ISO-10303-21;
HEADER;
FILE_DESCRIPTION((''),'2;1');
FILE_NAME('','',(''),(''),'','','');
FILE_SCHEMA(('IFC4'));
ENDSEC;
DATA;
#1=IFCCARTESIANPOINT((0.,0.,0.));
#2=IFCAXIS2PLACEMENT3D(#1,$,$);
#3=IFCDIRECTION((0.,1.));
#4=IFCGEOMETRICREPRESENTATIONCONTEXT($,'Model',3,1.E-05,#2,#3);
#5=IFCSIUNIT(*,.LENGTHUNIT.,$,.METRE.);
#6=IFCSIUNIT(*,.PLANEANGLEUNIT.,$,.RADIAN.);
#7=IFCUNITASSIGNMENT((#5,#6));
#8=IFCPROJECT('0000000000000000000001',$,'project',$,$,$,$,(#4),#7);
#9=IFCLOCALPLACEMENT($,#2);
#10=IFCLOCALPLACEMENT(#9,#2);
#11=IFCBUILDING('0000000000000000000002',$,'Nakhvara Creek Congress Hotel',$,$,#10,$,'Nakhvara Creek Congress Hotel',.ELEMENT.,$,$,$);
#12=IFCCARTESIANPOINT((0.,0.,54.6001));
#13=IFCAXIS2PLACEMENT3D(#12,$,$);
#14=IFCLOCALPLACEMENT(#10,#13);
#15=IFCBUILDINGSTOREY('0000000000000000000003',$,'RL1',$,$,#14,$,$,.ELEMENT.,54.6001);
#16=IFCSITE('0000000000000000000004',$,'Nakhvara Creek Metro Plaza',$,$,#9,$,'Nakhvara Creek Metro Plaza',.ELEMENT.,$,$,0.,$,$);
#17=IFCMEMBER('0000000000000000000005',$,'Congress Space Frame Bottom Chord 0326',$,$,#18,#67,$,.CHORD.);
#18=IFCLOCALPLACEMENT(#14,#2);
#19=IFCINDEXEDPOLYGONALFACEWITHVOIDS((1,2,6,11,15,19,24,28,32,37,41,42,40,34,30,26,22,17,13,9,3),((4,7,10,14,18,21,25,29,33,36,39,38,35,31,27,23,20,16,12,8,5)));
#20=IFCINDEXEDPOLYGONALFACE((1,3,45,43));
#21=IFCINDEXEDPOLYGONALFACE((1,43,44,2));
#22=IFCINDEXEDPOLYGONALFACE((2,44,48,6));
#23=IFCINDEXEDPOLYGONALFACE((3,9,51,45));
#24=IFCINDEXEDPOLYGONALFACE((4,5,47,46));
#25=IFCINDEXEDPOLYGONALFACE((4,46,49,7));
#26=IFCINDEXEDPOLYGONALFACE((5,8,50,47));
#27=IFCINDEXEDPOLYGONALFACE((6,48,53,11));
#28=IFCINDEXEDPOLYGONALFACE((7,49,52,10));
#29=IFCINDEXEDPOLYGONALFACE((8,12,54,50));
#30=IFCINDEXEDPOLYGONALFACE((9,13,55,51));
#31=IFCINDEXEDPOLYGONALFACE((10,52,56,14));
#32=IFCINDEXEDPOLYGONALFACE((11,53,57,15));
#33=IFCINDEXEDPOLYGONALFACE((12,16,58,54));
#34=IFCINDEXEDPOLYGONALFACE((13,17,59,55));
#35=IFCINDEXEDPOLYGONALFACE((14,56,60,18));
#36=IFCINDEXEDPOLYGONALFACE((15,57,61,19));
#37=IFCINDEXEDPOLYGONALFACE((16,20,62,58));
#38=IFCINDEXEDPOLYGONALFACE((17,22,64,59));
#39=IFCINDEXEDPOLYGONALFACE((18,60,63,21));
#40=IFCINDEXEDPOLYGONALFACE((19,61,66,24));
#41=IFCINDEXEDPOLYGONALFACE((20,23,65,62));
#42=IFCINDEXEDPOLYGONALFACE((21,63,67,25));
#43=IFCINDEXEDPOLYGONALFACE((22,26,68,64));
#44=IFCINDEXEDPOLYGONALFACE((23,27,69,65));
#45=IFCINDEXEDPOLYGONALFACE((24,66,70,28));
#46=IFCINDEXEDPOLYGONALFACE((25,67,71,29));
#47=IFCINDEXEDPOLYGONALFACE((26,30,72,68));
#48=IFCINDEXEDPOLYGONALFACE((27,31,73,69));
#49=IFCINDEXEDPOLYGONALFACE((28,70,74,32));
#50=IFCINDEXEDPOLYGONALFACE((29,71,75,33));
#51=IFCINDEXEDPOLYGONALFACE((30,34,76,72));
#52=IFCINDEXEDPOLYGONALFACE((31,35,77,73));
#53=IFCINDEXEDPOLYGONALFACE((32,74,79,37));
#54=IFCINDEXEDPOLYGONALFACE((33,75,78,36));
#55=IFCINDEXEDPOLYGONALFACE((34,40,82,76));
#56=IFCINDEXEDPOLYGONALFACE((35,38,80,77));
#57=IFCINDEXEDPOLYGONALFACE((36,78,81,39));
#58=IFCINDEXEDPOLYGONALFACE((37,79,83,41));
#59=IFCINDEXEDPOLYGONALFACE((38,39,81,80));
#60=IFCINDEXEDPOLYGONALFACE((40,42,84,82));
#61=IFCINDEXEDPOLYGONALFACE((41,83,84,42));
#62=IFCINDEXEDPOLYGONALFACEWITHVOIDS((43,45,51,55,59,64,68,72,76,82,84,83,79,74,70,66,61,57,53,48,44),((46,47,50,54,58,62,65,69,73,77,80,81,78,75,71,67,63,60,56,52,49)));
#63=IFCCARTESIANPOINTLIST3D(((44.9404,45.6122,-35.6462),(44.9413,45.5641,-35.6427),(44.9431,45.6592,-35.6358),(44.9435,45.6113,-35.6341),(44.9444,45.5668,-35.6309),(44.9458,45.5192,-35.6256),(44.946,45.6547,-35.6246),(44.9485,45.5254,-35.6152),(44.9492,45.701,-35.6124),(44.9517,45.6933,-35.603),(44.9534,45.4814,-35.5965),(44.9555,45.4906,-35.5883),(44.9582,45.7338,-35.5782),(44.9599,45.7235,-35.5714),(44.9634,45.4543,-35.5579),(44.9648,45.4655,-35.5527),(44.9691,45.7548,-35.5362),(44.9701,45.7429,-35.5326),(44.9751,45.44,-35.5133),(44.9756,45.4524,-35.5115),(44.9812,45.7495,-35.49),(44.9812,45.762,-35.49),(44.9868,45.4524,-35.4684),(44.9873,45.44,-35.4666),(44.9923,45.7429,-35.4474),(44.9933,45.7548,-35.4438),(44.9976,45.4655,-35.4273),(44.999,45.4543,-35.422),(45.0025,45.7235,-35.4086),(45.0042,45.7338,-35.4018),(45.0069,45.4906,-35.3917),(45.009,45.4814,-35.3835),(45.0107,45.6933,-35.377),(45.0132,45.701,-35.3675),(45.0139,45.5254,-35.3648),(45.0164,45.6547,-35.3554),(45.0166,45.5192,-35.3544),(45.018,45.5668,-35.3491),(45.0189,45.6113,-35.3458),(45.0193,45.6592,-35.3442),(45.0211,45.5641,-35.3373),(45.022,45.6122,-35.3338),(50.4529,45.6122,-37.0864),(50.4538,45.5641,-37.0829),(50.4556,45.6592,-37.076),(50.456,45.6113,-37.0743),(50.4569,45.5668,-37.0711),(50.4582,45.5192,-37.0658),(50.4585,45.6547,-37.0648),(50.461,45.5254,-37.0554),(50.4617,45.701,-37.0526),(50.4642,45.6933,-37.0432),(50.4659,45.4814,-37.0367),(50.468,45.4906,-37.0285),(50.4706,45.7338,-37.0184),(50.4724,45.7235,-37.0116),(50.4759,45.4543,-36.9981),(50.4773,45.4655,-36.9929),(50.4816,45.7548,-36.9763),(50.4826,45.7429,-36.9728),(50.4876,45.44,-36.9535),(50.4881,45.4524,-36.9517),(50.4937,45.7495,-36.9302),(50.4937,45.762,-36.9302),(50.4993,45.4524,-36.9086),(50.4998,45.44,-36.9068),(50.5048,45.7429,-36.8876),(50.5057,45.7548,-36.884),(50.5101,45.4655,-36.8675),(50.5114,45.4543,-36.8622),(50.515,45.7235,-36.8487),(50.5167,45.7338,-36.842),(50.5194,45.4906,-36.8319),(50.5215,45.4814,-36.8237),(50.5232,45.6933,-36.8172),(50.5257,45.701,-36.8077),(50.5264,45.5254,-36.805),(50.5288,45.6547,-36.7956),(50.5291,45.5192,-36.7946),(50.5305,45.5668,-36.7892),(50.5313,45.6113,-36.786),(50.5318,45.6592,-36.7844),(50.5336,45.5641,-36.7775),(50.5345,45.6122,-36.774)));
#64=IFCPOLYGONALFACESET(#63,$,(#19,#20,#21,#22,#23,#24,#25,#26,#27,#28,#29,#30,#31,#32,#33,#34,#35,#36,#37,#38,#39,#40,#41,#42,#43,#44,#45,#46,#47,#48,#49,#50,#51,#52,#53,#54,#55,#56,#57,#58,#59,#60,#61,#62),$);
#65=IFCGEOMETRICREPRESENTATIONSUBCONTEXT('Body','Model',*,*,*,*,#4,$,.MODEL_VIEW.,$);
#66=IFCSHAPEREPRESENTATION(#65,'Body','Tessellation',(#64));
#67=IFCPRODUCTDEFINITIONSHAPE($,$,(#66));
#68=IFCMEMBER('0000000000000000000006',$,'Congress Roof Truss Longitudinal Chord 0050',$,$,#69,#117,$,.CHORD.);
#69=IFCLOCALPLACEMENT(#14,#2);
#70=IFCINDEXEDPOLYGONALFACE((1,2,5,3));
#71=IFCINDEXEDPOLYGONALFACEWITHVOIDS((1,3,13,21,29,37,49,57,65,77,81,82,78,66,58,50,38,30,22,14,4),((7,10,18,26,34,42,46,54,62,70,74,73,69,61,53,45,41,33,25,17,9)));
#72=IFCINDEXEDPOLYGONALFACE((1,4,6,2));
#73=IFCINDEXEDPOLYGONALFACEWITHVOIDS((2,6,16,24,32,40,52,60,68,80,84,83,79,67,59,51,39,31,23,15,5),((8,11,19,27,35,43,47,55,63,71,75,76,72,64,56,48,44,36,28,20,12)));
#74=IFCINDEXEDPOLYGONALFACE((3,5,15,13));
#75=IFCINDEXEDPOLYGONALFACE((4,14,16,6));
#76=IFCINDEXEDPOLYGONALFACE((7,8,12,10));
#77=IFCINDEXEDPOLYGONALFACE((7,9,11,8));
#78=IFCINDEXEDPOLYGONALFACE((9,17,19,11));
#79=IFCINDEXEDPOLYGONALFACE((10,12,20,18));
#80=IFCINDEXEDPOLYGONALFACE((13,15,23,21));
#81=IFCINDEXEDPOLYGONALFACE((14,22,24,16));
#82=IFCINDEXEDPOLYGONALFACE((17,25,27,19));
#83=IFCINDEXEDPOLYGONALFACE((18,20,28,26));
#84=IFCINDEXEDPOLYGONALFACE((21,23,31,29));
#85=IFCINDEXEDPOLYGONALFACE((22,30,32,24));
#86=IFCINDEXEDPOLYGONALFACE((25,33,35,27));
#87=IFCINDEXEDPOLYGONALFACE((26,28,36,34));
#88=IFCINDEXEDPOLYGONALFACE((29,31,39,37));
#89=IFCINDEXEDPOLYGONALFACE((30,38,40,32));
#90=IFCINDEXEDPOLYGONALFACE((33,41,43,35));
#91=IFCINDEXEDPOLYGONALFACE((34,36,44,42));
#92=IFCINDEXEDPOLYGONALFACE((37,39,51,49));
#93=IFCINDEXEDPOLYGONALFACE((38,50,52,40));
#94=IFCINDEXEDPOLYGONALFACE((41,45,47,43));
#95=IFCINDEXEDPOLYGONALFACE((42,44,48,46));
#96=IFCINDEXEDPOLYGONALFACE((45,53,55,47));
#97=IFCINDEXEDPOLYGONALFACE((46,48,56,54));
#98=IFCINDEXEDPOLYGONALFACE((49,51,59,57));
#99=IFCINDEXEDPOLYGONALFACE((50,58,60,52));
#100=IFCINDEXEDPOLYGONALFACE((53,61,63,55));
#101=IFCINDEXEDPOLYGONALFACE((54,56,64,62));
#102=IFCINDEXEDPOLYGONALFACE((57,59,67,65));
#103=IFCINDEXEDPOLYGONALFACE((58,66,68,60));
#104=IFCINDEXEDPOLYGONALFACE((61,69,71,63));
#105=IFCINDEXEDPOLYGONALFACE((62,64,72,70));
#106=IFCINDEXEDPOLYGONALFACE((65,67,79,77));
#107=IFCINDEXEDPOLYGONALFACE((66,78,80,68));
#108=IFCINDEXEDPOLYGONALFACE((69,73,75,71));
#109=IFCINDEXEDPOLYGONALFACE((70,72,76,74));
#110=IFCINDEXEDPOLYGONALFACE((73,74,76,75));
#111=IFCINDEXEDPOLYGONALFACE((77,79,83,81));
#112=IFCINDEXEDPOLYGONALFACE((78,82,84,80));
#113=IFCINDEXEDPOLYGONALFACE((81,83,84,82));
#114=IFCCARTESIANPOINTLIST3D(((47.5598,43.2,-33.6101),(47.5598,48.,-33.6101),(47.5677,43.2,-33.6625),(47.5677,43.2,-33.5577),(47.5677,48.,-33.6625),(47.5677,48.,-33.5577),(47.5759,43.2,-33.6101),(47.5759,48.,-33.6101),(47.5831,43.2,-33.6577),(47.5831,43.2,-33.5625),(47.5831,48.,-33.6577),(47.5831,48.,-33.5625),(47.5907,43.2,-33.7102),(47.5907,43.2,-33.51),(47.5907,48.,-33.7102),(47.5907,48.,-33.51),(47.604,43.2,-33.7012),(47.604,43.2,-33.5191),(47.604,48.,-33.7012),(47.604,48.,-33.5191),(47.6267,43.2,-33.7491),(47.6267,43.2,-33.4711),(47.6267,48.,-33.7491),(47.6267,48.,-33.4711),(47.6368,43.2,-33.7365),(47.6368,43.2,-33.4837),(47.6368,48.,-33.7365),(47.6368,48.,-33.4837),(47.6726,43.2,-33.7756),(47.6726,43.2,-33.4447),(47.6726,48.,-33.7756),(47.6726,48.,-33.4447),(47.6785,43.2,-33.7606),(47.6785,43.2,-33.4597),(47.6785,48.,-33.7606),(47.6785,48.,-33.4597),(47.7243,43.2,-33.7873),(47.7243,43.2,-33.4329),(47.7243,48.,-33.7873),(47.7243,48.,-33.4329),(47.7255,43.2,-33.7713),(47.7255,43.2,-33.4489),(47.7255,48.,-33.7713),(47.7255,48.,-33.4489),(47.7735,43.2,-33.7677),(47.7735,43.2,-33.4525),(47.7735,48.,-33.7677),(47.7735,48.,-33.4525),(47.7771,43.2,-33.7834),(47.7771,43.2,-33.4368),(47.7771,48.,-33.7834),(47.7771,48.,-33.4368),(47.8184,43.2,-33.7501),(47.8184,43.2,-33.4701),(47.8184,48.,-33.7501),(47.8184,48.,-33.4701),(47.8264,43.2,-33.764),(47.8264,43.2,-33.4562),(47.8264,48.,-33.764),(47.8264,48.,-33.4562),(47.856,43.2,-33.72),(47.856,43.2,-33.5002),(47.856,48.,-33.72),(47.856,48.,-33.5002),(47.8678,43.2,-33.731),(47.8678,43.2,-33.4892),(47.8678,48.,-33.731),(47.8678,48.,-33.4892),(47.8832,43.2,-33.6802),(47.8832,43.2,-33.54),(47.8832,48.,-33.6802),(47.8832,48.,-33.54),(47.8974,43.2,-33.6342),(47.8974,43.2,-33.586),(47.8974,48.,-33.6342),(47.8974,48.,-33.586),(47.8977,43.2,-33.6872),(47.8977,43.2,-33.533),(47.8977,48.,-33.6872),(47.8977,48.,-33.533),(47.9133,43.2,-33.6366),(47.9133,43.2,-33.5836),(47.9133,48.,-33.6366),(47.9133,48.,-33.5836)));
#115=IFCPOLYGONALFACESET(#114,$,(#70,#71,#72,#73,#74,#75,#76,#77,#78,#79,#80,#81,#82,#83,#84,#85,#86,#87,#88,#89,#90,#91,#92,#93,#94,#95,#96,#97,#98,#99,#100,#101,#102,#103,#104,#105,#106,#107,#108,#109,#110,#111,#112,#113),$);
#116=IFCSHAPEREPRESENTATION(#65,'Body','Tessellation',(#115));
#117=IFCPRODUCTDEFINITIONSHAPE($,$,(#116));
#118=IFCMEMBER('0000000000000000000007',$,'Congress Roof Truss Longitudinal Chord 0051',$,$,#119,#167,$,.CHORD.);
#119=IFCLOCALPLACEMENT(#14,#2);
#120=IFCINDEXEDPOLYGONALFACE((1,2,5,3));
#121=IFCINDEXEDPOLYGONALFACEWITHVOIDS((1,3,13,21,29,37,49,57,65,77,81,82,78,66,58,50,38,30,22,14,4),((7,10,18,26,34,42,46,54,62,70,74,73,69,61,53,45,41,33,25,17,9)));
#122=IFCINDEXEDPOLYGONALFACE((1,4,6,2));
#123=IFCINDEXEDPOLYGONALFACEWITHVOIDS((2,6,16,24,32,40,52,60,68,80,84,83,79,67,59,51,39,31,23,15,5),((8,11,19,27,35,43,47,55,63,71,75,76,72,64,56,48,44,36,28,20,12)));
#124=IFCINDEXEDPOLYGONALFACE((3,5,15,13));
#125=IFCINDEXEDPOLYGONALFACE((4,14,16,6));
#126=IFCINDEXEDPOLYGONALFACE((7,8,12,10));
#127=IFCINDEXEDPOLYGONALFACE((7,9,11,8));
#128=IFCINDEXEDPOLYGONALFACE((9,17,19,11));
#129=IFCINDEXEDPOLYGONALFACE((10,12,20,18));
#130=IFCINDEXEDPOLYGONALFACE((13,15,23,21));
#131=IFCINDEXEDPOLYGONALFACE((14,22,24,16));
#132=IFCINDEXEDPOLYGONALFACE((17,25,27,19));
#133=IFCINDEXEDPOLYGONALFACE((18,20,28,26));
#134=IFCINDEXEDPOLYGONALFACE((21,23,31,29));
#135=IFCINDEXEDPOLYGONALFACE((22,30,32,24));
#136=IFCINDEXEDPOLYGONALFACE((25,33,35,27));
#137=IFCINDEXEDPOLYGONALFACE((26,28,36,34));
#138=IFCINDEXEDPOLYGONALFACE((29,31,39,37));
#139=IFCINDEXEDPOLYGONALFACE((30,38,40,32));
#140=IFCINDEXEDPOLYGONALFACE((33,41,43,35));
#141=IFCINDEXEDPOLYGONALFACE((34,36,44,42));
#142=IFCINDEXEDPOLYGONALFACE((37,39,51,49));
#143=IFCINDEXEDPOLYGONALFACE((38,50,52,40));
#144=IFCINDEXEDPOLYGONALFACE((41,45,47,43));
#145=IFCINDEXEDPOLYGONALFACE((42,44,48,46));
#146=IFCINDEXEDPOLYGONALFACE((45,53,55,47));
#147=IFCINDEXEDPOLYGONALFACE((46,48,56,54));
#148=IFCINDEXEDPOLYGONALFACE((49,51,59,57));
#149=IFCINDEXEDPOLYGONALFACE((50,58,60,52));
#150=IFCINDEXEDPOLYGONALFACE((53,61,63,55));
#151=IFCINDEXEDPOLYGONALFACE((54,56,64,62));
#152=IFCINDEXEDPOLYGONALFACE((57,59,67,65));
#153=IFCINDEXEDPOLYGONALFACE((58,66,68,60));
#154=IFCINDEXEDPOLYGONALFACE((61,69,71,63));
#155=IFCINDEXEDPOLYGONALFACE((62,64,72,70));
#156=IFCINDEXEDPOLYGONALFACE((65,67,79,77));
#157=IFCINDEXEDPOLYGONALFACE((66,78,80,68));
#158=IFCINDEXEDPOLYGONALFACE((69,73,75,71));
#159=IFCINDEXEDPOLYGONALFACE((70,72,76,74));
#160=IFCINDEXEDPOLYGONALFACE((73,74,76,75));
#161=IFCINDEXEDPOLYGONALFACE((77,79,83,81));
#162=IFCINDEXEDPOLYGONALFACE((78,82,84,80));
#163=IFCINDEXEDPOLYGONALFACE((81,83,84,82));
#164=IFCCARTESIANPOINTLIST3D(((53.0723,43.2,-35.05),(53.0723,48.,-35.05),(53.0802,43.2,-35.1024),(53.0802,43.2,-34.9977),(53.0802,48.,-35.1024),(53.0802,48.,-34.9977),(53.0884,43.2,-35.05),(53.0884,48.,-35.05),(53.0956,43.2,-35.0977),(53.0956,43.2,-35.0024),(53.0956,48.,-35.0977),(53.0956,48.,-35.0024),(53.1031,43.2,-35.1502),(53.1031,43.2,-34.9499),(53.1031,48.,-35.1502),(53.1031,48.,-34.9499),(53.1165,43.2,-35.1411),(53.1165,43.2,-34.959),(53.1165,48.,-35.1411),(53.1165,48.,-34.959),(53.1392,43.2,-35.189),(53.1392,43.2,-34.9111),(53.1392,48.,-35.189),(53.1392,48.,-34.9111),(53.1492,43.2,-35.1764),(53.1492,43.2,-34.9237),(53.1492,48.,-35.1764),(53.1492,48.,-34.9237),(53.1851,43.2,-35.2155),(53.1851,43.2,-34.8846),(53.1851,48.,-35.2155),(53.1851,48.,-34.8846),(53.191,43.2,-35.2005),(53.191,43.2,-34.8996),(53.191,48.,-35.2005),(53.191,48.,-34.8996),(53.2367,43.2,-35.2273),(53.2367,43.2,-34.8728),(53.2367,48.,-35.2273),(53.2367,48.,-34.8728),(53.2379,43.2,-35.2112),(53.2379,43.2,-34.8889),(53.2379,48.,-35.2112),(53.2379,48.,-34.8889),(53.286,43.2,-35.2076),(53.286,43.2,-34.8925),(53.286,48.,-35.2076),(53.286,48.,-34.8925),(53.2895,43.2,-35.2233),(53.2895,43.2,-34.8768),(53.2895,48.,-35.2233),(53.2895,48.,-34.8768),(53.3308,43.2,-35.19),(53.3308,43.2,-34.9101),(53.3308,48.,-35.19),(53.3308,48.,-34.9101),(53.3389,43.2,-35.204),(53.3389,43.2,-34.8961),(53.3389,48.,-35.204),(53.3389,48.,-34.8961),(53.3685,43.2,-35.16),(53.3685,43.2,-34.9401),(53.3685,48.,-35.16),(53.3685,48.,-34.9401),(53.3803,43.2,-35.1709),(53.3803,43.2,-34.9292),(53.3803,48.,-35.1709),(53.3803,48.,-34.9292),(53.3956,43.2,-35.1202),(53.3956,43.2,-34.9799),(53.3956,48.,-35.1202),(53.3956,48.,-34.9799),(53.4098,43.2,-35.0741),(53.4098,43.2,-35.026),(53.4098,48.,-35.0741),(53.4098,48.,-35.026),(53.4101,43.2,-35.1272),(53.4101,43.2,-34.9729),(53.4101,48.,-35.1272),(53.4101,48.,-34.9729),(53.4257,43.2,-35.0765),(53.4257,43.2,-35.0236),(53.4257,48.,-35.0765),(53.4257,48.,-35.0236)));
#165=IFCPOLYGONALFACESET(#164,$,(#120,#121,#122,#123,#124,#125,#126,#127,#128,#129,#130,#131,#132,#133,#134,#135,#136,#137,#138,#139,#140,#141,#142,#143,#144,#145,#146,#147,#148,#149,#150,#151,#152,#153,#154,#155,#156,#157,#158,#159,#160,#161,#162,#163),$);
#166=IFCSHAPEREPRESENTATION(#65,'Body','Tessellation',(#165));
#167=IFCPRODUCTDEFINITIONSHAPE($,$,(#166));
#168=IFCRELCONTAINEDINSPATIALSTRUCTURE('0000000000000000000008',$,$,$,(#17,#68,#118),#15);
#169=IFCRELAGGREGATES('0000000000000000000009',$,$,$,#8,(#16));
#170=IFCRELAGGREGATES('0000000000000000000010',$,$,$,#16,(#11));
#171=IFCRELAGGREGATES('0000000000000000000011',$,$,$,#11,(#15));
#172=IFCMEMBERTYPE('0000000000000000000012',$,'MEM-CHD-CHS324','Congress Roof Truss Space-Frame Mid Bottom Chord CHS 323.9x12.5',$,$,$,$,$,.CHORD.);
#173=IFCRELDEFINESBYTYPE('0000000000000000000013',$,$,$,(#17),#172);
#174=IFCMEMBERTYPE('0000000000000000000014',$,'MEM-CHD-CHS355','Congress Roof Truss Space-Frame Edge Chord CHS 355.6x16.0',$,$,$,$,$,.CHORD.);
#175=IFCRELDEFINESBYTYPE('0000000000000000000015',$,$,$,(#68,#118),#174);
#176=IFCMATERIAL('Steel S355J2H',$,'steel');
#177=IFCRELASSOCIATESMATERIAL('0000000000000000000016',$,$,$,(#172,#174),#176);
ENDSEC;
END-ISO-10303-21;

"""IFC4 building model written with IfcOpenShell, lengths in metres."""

from ifc_helpers import new_model, si_unit, direction, frame, origin, origin_2d, place, context, subcontext, project, spatial, hollow_circle, extrude, material, material_profile, profile_set, type_object, element, save


model = new_model("IFC4")

# Units and contexts
model_context = context("Model", 3, precision=1e-05, world=origin(), true_north=direction((0.0, 1.0)))
body_context = subcontext(model_context, "Body", "Model", "MODEL_VIEW")
ifc_project = project(units=[si_unit("LENGTHUNIT", "METRE"), si_unit("PLANEANGLEUNIT", "RADIAN")], contexts=[model_context])

# Site, building, storey
site_placement = place(None, origin())
site = spatial("IfcSite", under=ifc_project, at=site_placement, Name="Nakhvara Creek Metro Plaza", LongName="Nakhvara Creek Metro Plaza", CompositionType="ELEMENT", RefElevation=0.0)
building_placement = place(site_placement, origin())
building = spatial("IfcBuilding", under=site, at=building_placement, Name="Nakhvara Creek Congress Hotel", LongName="Nakhvara Creek Congress Hotel", CompositionType="ELEMENT")
storey_placement = place(building_placement, frame((0.0, 0.0, 54.6001)))
storey = spatial("IfcBuildingStorey", under=building, at=storey_placement, Name="RL1", CompositionType="ELEMENT", Elevation=54.6001)

# Members
ifc_material_1 = material(Name="Steel S355J2H", Category="steel")
ifc_material_profile_1 = material_profile(ifc_material_1, hollow_circle(Radius=0.1619, WallThickness=0.0125, at=origin_2d()), Name="CHS 323.9x12.5", Category="LoadBearing")
ifc_profile_set_1 = profile_set([ifc_material_profile_1], Name="Steel S355J2H")
member_type_1 = type_object("IfcMemberType", Name="MEM-CHD-CHS324", Description="Congress Roof Truss Space-Frame Mid Bottom Chord CHS 323.9x12.5", PredefinedType="CHORD", material=ifc_profile_set_1)
member_1_placement = place(storey_placement, frame((44.9812, 45.6001, -35.49), z_axis=(0.967525, 0.0, -0.252776), x_axis=(0.0, 1.0, 0.0)))
element("IfcMember", 1, at=member_1_placement, inside=storey, type_object=member_type_1, Name="Congress Space Frame Bottom Chord 0326", PredefinedType="CHORD", context=body_context, shape_type="SweptSolid", body=[
    extrude(hollow_circle(Radius=0.1619, WallThickness=0.0125, at=origin_2d()), origin(), (0.0, 0.0, 1.0), 5.6975),
])
ifc_material_profile_2 = material_profile(ifc_material_1, hollow_circle(Radius=0.1777, WallThickness=0.0161, at=origin_2d()), Name="CHS 355.6x16.0", Category="LoadBearing")
ifc_profile_set_2 = profile_set([ifc_material_profile_2], Name="Steel S355J2H")
member_type_2 = type_object("IfcMemberType", Name="MEM-CHD-CHS355", Description="Congress Roof Truss Space-Frame Edge Chord CHS 355.6x16.0", PredefinedType="CHORD", material=ifc_profile_set_2)
for number, where, z_axis, x_axis, name in (
    (2, (47.7375, 43.2, -33.6101), (0.0, 1.0, 0.0), (-1.0, 0.0, 0.0), "Congress Roof Truss Longitudinal Chord 0050"),
    (3, (53.25, 43.2, -35.05), (0.0, 1.0, 0.0), (-1.0, 0.0, 0.0), "Congress Roof Truss Longitudinal Chord 0051"),
):
    element("IfcMember", number, at=place(storey_placement, frame(where, z_axis=z_axis, x_axis=x_axis)), inside=storey, type_object=member_type_2, Name=name, PredefinedType="CHORD", context=body_context, shape_type="SweptSolid", body=[
        extrude(hollow_circle(Radius=0.1777, WallThickness=0.0161, at=origin_2d()), origin(), (0.0, 0.0, 1.0), 4.8),
    ])

save(model, "model.ifc")
